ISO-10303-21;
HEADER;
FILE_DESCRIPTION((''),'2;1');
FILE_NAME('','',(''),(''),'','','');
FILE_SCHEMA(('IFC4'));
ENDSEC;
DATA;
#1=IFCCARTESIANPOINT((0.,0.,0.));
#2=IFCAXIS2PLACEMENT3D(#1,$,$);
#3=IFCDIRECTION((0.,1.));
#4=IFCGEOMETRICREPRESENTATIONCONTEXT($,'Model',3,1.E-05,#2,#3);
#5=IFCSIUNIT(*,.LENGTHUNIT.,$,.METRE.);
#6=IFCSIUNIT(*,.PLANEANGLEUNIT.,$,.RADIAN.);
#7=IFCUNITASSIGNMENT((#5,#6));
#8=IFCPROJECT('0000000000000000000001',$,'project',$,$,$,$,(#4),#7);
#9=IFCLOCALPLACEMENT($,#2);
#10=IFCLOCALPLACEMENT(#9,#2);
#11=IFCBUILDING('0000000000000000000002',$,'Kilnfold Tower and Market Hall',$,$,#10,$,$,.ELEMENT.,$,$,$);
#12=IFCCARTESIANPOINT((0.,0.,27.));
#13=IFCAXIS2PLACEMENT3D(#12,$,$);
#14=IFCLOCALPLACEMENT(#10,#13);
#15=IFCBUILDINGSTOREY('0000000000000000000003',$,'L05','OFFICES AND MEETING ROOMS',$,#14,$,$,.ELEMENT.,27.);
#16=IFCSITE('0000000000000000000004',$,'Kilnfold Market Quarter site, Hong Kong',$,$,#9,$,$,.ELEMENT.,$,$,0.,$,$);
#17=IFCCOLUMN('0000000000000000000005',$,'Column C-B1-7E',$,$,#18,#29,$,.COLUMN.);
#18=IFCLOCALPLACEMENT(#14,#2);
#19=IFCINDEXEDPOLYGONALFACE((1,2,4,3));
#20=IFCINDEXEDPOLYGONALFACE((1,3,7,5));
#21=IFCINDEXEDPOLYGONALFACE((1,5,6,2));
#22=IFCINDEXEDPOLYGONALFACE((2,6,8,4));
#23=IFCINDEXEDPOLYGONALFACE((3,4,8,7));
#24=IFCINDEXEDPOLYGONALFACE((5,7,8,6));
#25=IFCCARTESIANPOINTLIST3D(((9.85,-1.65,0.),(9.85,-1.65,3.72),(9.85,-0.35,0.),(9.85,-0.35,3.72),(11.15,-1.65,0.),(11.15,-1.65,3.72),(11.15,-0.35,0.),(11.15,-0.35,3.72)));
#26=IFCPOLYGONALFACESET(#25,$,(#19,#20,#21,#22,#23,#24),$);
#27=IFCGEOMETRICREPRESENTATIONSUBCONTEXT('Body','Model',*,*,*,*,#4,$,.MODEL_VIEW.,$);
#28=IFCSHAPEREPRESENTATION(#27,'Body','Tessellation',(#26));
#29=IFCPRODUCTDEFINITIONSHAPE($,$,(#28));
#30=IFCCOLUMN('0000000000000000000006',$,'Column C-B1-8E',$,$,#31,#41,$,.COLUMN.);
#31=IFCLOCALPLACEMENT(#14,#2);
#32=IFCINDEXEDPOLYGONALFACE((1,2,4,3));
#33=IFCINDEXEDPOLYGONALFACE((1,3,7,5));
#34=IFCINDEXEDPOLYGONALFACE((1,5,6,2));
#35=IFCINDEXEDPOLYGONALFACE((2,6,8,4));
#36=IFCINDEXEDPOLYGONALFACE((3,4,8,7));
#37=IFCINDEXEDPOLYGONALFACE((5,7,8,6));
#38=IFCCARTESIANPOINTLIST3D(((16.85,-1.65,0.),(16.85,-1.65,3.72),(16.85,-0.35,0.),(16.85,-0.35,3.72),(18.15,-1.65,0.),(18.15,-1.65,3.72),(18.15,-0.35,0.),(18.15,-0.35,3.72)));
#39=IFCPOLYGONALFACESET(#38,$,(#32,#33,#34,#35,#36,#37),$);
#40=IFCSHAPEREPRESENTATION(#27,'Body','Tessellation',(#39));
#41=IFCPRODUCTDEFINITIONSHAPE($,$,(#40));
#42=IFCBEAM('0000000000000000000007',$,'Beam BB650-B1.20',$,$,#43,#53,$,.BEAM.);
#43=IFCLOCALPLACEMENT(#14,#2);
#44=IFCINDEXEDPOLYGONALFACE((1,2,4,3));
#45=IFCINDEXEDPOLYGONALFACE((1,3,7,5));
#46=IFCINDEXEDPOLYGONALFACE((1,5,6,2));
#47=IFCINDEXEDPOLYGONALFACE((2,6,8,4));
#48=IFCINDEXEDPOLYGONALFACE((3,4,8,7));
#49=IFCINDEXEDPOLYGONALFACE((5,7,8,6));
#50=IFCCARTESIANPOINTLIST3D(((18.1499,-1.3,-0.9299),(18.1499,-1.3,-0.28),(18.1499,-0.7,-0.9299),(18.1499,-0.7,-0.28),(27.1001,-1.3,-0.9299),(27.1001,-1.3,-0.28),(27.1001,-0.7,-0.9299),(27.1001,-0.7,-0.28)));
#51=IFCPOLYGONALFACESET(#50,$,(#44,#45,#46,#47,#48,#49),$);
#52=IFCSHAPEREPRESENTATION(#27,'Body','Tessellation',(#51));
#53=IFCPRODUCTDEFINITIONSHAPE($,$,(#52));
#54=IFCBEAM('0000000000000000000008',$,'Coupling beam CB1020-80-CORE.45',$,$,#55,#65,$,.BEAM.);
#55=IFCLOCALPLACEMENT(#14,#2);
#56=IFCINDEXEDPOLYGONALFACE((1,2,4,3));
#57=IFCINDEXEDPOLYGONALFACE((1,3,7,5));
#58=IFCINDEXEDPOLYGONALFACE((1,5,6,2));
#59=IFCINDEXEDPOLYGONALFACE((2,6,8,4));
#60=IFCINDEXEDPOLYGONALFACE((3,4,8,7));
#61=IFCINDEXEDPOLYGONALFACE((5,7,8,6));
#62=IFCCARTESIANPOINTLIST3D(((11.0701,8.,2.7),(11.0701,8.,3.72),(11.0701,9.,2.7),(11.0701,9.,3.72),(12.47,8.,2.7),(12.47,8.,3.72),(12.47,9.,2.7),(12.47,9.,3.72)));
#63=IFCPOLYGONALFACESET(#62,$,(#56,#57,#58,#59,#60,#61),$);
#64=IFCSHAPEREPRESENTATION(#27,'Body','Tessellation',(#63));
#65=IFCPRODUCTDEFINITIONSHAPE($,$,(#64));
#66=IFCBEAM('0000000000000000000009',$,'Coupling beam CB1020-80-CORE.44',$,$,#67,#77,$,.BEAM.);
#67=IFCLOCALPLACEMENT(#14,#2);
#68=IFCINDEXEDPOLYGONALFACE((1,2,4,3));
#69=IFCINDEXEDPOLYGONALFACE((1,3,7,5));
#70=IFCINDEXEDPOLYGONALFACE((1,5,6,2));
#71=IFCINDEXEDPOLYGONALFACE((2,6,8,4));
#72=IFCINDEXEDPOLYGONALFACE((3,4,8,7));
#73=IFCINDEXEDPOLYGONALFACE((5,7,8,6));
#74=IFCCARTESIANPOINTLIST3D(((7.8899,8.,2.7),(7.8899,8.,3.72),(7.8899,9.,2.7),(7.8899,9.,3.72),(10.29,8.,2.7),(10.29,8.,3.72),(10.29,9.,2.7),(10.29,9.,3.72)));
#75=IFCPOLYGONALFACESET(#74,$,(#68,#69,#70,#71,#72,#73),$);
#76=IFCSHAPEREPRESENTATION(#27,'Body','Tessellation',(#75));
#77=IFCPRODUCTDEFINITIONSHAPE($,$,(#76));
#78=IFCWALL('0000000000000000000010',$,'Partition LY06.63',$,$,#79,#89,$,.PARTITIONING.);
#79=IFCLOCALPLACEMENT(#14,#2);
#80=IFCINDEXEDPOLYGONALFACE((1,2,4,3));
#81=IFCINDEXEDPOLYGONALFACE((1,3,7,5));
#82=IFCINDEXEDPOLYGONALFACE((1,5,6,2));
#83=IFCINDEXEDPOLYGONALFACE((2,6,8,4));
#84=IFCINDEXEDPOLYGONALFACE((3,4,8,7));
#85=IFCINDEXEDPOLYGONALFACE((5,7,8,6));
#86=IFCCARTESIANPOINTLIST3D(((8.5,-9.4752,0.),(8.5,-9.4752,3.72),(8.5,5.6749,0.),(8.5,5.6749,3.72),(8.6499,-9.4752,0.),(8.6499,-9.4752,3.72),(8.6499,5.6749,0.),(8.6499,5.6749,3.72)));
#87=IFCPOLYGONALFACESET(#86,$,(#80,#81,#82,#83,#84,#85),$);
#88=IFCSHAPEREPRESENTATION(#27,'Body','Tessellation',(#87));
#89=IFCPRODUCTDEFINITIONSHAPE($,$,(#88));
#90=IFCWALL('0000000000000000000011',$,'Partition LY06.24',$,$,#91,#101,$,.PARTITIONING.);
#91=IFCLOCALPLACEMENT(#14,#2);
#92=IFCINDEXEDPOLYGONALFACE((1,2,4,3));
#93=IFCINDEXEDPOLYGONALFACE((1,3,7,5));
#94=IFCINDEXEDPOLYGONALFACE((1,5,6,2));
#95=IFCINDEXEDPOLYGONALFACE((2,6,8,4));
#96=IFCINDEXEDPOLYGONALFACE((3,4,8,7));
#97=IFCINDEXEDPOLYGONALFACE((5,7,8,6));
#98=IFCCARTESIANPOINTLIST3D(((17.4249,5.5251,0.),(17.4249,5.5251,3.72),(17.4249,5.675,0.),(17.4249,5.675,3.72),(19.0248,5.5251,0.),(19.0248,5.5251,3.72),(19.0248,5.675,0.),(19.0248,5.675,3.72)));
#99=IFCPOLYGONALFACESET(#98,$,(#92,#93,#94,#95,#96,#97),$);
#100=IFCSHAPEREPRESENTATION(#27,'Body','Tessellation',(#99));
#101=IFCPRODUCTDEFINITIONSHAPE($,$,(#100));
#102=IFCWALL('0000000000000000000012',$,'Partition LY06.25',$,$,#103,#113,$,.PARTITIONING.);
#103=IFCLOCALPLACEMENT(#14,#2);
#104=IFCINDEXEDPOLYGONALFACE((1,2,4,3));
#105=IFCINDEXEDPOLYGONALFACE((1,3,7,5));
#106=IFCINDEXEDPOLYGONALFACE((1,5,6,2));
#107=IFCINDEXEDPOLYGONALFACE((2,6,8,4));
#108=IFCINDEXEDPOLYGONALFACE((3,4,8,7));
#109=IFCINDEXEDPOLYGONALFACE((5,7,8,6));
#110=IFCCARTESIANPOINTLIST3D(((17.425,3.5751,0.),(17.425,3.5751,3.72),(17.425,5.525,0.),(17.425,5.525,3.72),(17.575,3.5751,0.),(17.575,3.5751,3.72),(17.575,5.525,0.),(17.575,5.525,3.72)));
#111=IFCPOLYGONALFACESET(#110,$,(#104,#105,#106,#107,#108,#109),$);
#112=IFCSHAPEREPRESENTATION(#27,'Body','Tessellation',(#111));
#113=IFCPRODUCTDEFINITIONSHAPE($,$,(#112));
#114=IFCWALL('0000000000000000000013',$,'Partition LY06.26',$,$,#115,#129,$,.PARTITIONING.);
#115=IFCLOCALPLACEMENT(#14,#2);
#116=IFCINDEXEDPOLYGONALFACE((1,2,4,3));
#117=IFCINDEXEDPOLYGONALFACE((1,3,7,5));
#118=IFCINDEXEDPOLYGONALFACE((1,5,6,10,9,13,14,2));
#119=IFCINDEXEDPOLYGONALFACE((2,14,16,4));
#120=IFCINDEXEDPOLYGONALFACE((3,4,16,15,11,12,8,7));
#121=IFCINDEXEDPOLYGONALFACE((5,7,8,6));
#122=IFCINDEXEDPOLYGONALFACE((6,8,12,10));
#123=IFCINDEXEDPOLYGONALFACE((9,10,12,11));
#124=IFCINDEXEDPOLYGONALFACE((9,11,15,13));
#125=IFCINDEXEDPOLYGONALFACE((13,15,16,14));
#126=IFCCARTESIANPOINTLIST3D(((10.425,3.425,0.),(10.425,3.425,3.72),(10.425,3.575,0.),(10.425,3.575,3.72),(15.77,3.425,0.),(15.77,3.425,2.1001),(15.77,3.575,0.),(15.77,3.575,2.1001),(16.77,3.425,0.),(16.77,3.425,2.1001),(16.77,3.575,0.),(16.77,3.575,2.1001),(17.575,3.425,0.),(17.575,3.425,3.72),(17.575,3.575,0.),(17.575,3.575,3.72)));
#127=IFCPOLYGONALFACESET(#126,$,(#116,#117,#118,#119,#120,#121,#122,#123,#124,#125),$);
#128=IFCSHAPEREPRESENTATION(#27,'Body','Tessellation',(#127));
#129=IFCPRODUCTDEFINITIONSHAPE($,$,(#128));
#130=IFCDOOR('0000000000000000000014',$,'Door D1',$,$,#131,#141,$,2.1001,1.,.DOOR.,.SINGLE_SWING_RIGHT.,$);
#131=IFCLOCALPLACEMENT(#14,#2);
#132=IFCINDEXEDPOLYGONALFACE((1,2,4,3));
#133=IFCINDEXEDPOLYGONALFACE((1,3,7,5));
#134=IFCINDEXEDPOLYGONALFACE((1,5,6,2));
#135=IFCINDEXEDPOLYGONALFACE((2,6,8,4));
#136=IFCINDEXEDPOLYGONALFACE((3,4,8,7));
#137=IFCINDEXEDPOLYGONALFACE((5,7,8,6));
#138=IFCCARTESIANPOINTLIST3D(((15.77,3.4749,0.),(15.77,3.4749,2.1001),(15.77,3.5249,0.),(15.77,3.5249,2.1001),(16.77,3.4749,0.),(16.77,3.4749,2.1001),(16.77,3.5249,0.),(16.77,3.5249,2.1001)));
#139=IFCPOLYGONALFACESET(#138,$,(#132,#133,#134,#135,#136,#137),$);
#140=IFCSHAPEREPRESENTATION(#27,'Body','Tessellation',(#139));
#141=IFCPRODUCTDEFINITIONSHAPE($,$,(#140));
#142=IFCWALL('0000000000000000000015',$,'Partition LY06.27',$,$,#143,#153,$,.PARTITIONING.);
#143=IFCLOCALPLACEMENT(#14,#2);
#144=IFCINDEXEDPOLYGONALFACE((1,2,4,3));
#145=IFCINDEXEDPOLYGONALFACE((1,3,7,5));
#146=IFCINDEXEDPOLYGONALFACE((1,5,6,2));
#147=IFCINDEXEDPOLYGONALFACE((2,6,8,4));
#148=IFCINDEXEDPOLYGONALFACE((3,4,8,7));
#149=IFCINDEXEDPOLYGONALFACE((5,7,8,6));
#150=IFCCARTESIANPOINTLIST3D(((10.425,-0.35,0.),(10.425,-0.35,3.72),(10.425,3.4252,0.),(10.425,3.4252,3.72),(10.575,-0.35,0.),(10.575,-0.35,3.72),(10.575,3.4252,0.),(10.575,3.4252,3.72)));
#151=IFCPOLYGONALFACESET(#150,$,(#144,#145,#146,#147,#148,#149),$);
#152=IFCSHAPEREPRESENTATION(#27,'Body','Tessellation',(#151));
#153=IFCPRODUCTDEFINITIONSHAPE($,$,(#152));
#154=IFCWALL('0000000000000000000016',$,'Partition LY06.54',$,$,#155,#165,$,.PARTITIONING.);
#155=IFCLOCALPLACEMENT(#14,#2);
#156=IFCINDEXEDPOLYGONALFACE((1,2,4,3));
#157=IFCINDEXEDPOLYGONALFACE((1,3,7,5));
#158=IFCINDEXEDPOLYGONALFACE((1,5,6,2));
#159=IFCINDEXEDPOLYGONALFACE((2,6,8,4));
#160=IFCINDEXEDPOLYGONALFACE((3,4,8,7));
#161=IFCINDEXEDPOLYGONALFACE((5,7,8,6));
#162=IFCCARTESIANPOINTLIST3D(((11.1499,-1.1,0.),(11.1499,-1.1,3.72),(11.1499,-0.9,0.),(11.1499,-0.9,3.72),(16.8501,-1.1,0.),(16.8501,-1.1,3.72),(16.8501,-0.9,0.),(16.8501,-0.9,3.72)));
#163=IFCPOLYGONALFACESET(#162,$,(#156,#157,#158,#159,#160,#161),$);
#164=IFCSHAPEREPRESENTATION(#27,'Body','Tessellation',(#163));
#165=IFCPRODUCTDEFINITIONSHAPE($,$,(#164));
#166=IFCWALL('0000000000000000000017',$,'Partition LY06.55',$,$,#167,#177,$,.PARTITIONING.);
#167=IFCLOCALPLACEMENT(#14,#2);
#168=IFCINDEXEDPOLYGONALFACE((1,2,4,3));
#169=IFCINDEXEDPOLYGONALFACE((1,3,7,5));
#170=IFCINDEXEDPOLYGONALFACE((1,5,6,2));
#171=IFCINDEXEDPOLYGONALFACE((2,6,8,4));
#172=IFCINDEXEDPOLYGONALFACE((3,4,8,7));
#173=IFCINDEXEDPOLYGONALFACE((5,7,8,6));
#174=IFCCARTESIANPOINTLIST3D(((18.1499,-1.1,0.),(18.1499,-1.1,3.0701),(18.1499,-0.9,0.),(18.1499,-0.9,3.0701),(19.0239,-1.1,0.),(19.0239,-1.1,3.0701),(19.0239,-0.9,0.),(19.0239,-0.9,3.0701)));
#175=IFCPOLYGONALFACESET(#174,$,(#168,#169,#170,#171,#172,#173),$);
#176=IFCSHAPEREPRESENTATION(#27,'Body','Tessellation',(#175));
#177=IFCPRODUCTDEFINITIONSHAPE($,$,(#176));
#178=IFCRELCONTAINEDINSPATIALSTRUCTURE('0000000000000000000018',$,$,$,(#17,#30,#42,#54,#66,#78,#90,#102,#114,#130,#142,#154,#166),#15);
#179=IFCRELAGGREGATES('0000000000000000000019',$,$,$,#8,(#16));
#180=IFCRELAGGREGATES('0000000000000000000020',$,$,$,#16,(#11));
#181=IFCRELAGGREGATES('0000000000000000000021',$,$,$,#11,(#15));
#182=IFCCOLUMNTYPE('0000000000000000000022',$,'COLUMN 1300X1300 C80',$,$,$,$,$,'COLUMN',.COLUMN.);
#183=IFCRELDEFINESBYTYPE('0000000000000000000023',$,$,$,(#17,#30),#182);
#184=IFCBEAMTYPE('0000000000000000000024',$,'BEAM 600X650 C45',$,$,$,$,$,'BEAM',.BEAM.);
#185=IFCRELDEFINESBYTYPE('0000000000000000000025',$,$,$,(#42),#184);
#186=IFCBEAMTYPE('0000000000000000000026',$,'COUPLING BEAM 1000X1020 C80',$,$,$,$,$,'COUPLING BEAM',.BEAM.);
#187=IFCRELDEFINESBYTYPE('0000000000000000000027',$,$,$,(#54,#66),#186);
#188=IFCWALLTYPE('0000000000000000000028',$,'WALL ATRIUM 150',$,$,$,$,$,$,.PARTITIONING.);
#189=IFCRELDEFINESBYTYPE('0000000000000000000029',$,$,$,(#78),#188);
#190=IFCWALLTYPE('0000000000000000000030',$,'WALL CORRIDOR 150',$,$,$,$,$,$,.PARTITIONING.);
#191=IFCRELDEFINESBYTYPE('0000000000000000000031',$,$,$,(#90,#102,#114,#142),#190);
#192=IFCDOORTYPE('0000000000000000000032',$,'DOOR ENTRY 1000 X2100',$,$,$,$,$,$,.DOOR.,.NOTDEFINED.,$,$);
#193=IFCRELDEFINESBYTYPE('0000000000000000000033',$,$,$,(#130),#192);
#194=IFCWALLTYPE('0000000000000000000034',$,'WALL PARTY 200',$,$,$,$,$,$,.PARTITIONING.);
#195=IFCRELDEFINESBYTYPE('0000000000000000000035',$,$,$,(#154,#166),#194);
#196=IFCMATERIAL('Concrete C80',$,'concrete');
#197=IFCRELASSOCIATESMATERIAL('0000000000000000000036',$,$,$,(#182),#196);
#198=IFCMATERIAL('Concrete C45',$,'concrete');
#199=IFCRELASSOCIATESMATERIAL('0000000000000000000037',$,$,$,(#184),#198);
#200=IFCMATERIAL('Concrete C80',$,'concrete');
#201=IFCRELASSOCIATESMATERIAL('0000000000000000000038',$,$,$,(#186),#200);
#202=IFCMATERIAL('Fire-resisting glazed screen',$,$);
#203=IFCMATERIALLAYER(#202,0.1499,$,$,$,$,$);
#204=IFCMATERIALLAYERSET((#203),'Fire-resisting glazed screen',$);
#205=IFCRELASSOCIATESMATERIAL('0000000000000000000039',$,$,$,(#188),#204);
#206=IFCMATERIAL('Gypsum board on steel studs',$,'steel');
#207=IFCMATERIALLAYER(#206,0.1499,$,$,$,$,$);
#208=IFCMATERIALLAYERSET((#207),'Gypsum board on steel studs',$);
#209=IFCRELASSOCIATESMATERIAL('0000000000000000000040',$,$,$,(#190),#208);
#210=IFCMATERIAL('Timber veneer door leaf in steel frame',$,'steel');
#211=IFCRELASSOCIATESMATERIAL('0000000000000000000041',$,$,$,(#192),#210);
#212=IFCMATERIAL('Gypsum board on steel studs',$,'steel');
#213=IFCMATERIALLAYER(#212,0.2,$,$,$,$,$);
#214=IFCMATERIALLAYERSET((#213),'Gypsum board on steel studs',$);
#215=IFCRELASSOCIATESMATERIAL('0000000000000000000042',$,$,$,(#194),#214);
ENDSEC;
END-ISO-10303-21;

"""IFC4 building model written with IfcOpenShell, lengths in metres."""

from ifc_helpers import new_model, si_unit, direction, frame, frame_2d, origin, origin_2d, place, context, subcontext, project, spatial, rectangle, extrude, source, transform, mapped, material, layer, layer_set, material_profile, profile_set, type_object, element, fill, save


model = new_model("IFC4")

# Units and contexts
model_context = context("Model", 3, precision=1e-05, world=origin(), true_north=direction((0.0, 1.0)))
body_context = subcontext(model_context, "Body", "Model", "MODEL_VIEW")
ifc_project = project(units=[si_unit("LENGTHUNIT", "METRE"), si_unit("PLANEANGLEUNIT", "RADIAN")], contexts=[model_context])

# Site, building, storey
site_placement = place(None, origin())
site = spatial("IfcSite", under=ifc_project, at=site_placement, Name="Kilnfold Market Quarter site, Hong Kong", CompositionType="ELEMENT", RefElevation=0.0)
building_placement = place(site_placement, origin())
building = spatial("IfcBuilding", under=site, at=building_placement, Name="Kilnfold Tower and Market Hall", CompositionType="ELEMENT")
storey_placement = place(building_placement, frame((0.0, 0.0, 27.0)))
storey = spatial("IfcBuildingStorey", under=building, at=storey_placement, Name="L05", Description="OFFICES AND MEETING ROOMS", CompositionType="ELEMENT", Elevation=27.0)

# Columns
ifc_material_1 = material(Name="Concrete C80", Category="concrete")
ifc_material_profile_1 = material_profile(ifc_material_1, rectangle(XDim=1.3, YDim=1.3, at=origin_2d()), Name="RC 1300x1300")
ifc_profile_set_1 = profile_set([ifc_material_profile_1], Name="Concrete C80")
column_type = type_object("IfcColumnType", Name="COLUMN 1300X1300 C80", ElementType="COLUMN", PredefinedType="COLUMN", material=ifc_profile_set_1)
shared_shape_1 = source(origin(), body_context, "Body", "SweptSolid", [
    extrude(rectangle(XDim=1.3, YDim=1.3, at=origin_2d()), origin(), (0.0, 0.0, 1.0), 3.72),
])
for number, where, z_axis, x_axis, name in (
    (1, (10.5, -1.0, 0.0), (0.0, 0.0, 1.0), (1.0, 0.0, 0.0), "Column C-B1-7E"),
    (2, (17.5, -1.0, 0.0), (0.0, 0.0, 1.0), (1.0, 0.0, 0.0), "Column C-B1-8E"),
):
    element("IfcColumn", number, at=place(storey_placement, frame(where, z_axis=z_axis, x_axis=x_axis)), inside=storey, type_object=column_type, Name=name, PredefinedType="COLUMN", context=body_context, shape_type="MappedRepresentation", body=[
        mapped(shared_shape_1, transform((0.0, 0.0, 0.0))),
    ])

# Beams
ifc_material_2 = material(Name="Concrete C45", Category="concrete")
ifc_material_profile_2 = material_profile(ifc_material_2, rectangle(XDim=0.6001, YDim=0.6499, at=origin_2d()), Name="RC 600x650")
ifc_profile_set_2 = profile_set([ifc_material_profile_2], Name="Concrete C45")
beam_type_1 = type_object("IfcBeamType", Name="BEAM 600X650 C45", ElementType="BEAM", PredefinedType="BEAM", material=ifc_profile_set_2)
shared_shape_2 = source(origin(), body_context, "Body", "SweptSolid", [
    extrude(rectangle(XDim=0.6001, YDim=0.6499, at=origin_2d()), origin(), (0.0, 0.0, 1.0), 8.9502),
])
beam_1_placement = place(storey_placement, frame((18.1499, -1.0, -0.605), z_axis=(1.0, 0.0, 0.0), x_axis=(0.0, 1.0, 0.0)))
element("IfcBeam", 3, at=beam_1_placement, inside=storey, type_object=beam_type_1, Name="Beam BB650-B1.20", PredefinedType="BEAM", context=body_context, shape_type="MappedRepresentation", body=[
    mapped(shared_shape_2, transform((0.0, 0.0, 0.0))),
])
ifc_material_3 = material(Name="Concrete C80", Category="concrete")
ifc_material_profile_3 = material_profile(ifc_material_3, rectangle(XDim=1.0, YDim=1.02, at=origin_2d()), Name="RC 1000x1020")
ifc_profile_set_3 = profile_set([ifc_material_profile_3], Name="Concrete C80")
beam_type_2 = type_object("IfcBeamType", Name="COUPLING BEAM 1000X1020 C80", ElementType="COUPLING BEAM", PredefinedType="BEAM", material=ifc_profile_set_3)
shared_shape_3 = source(origin(), body_context, "Body", "SweptSolid", [
    extrude(rectangle(XDim=1.0, YDim=1.02, at=origin_2d()), origin(), (0.0, 0.0, 1.0), 1.3999),
])
beam_2_placement = place(storey_placement, frame((11.0701, 8.5, 3.21), z_axis=(1.0, 0.0, 0.0), x_axis=(0.0, 1.0, 0.0)))
element("IfcBeam", 4, at=beam_2_placement, inside=storey, type_object=beam_type_2, Name="Coupling beam CB1020-80-CORE.45", PredefinedType="BEAM", context=body_context, shape_type="MappedRepresentation", body=[
    mapped(shared_shape_3, transform((0.0, 0.0, 0.0))),
])
shared_shape_4 = source(origin(), body_context, "Body", "SweptSolid", [
    extrude(rectangle(XDim=1.0, YDim=1.02, at=origin_2d()), origin(), (0.0, 0.0, 1.0), 2.4001),
])
beam_3_placement = place(storey_placement, frame((7.8899, 8.5, 3.21), z_axis=(1.0, 0.0, 0.0), x_axis=(0.0, 1.0, 0.0)))
element("IfcBeam", 5, at=beam_3_placement, inside=storey, type_object=beam_type_2, Name="Coupling beam CB1020-80-CORE.44", PredefinedType="BEAM", context=body_context, shape_type="MappedRepresentation", body=[
    mapped(shared_shape_4, transform((0.0, 0.0, 0.0))),
])

# Walls
ifc_material_4 = material(Name="Fire-resisting glazed screen")
ifc_layer_1 = layer(ifc_material_4, 0.1499)
ifc_layer_set_1 = layer_set([ifc_layer_1], Name="Fire-resisting glazed screen")
wall_type_1 = type_object("IfcWallType", Name="WALL ATRIUM 150", PredefinedType="PARTITIONING", material=ifc_layer_set_1)
wall_1_placement = place(storey_placement, frame((8.575, 5.675, 0.0), z_axis=(0.0, 0.0, 1.0), x_axis=(0.0, -1.0, 0.0)))
element("IfcWall", 6, at=wall_1_placement, inside=storey, type_object=wall_type_1, Name="Partition LY06.63", PredefinedType="PARTITIONING", context=body_context, shape_type="SweptSolid", body=[
    extrude(rectangle(XDim=15.1501, YDim=0.1499, at=frame_2d((7.5752, 0.0))), origin(), (0.0, 0.0, 1.0), 3.72),
])
ifc_material_5 = material(Name="Gypsum board on steel studs", Category="steel")
ifc_layer_2 = layer(ifc_material_5, 0.1499)
ifc_layer_set_2 = layer_set([ifc_layer_2], Name="Gypsum board on steel studs")
wall_type_2 = type_object("IfcWallType", Name="WALL CORRIDOR 150", PredefinedType="PARTITIONING", material=ifc_layer_set_2)
wall_2_placement = place(storey_placement, frame((17.425, 5.6001, 0.0), z_axis=(0.0, 0.0, 1.0), x_axis=(1.0, 0.0, 0.0)))
element("IfcWall", 7, at=wall_2_placement, inside=storey, type_object=wall_type_2, Name="Partition LY06.24", PredefinedType="PARTITIONING", context=body_context, shape_type="SweptSolid", body=[
    extrude(rectangle(XDim=1.5999, YDim=0.1499, at=frame_2d((0.7998, 0.0))), origin(), (0.0, 0.0, 1.0), 3.72),
])
wall_3_placement = place(storey_placement, frame((17.5, 3.575, 0.0), z_axis=(0.0, 0.0, 1.0), x_axis=(0.0, 1.0, 0.0)))
element("IfcWall", 8, at=wall_3_placement, inside=storey, type_object=wall_type_2, Name="Partition LY06.25", PredefinedType="PARTITIONING", context=body_context, shape_type="SweptSolid", body=[
    extrude(rectangle(XDim=1.95, YDim=0.1499, at=frame_2d((0.9751, 0.0))), origin(), (0.0, 0.0, 1.0), 3.72),
])

# Wall, opening, door
wall_4_placement = place(storey_placement, frame((10.425, 3.5, 0.0), z_axis=(0.0, 0.0, 1.0), x_axis=(1.0, 0.0, 0.0)))
wall_4 = element("IfcWall", 9, at=wall_4_placement, inside=storey, type_object=wall_type_2, Name="Partition LY06.26", PredefinedType="PARTITIONING", context=body_context, shape_type="SweptSolid", body=[
    extrude(rectangle(XDim=7.1499, YDim=0.1499, at=frame_2d((3.575, 0.0))), origin(), (0.0, 0.0, 1.0), 3.72),
])
opening_1_placement = place(wall_4_placement, frame((5.345, 0.0, 0.0)))
opening_1 = element("IfcOpeningElement", 10, at=opening_1_placement, cuts=wall_4, PredefinedType="OPENING", context=body_context, shape_type="SweptSolid", body=[
    extrude(rectangle(XDim=1.0, YDim=2.1001, at=frame_2d((0.5, 1.05))), frame((0.0, 0.085, 0.0), z_axis=(0.0, -1.0, 0.0), x_axis=(1.0, 0.0, 0.0)), (0.0, 0.0, 1.0), 0.1699),
])
ifc_material_6 = material(Name="Timber veneer door leaf in steel frame", Category="steel")
door_type_1 = type_object("IfcDoorType", Name="DOOR ENTRY 1000 X2100", OperationType="NOTDEFINED", PredefinedType="DOOR", material=ifc_material_6)
door_1_placement = place(opening_1_placement, origin())
door_1 = element("IfcDoor", 11, at=door_1_placement, inside=storey, type_object=door_type_1, Name="Door D1", OperationType="SINGLE_SWING_RIGHT", OverallHeight=2.1001, OverallWidth=1.0, PredefinedType="DOOR", context=body_context, shape_type="SweptSolid", body=[
    extrude(rectangle(XDim=1.0, YDim=2.1001, at=frame_2d((0.5, 1.05))), frame((0.0, 0.0249, 0.0), z_axis=(0.0, -1.0, 0.0), x_axis=(1.0, 0.0, 0.0)), (0.0, 0.0, 1.0), 0.05),
])
fill(opening_1, door_1)

# Walls
wall_5_placement = place(storey_placement, frame((10.5, -0.3501, 0.0), z_axis=(0.0, 0.0, 1.0), x_axis=(0.0, 1.0, 0.0)))
element("IfcWall", 12, at=wall_5_placement, inside=storey, type_object=wall_type_2, Name="Partition LY06.27", PredefinedType="PARTITIONING", context=body_context, shape_type="SweptSolid", body=[
    extrude(rectangle(XDim=3.7751, YDim=0.1499, at=frame_2d((1.8877, 0.0))), origin(), (0.0, 0.0, 1.0), 3.72),
])
ifc_material_7 = material(Name="Gypsum board on steel studs", Category="steel")
ifc_layer_3 = layer(ifc_material_7, 0.2)
ifc_layer_set_3 = layer_set([ifc_layer_3], Name="Gypsum board on steel studs")
wall_type_3 = type_object("IfcWallType", Name="WALL PARTY 200", PredefinedType="PARTITIONING", material=ifc_layer_set_3)
wall_6_placement = place(storey_placement, frame((11.1499, -1.0, 0.0), z_axis=(0.0, 0.0, 1.0), x_axis=(1.0, 0.0, 0.0)))
element("IfcWall", 13, at=wall_6_placement, inside=storey, type_object=wall_type_3, Name="Partition LY06.54", PredefinedType="PARTITIONING", context=body_context, shape_type="SweptSolid", body=[
    extrude(rectangle(XDim=5.7002, YDim=0.2, at=frame_2d((2.8501, 0.0))), origin(), (0.0, 0.0, 1.0), 3.72),
])
wall_7_placement = place(storey_placement, frame((18.1499, -1.0, 0.0), z_axis=(0.0, 0.0, 1.0), x_axis=(1.0, 0.0, 0.0)))
element("IfcWall", 14, at=wall_7_placement, inside=storey, type_object=wall_type_3, Name="Partition LY06.55", PredefinedType="PARTITIONING", context=body_context, shape_type="SweptSolid", body=[
    extrude(rectangle(XDim=0.874, YDim=0.2, at=frame_2d((0.437, 0.0))), origin(), (0.0, 0.0, 1.0), 3.0701),
])

save(model, "model.ifc")
